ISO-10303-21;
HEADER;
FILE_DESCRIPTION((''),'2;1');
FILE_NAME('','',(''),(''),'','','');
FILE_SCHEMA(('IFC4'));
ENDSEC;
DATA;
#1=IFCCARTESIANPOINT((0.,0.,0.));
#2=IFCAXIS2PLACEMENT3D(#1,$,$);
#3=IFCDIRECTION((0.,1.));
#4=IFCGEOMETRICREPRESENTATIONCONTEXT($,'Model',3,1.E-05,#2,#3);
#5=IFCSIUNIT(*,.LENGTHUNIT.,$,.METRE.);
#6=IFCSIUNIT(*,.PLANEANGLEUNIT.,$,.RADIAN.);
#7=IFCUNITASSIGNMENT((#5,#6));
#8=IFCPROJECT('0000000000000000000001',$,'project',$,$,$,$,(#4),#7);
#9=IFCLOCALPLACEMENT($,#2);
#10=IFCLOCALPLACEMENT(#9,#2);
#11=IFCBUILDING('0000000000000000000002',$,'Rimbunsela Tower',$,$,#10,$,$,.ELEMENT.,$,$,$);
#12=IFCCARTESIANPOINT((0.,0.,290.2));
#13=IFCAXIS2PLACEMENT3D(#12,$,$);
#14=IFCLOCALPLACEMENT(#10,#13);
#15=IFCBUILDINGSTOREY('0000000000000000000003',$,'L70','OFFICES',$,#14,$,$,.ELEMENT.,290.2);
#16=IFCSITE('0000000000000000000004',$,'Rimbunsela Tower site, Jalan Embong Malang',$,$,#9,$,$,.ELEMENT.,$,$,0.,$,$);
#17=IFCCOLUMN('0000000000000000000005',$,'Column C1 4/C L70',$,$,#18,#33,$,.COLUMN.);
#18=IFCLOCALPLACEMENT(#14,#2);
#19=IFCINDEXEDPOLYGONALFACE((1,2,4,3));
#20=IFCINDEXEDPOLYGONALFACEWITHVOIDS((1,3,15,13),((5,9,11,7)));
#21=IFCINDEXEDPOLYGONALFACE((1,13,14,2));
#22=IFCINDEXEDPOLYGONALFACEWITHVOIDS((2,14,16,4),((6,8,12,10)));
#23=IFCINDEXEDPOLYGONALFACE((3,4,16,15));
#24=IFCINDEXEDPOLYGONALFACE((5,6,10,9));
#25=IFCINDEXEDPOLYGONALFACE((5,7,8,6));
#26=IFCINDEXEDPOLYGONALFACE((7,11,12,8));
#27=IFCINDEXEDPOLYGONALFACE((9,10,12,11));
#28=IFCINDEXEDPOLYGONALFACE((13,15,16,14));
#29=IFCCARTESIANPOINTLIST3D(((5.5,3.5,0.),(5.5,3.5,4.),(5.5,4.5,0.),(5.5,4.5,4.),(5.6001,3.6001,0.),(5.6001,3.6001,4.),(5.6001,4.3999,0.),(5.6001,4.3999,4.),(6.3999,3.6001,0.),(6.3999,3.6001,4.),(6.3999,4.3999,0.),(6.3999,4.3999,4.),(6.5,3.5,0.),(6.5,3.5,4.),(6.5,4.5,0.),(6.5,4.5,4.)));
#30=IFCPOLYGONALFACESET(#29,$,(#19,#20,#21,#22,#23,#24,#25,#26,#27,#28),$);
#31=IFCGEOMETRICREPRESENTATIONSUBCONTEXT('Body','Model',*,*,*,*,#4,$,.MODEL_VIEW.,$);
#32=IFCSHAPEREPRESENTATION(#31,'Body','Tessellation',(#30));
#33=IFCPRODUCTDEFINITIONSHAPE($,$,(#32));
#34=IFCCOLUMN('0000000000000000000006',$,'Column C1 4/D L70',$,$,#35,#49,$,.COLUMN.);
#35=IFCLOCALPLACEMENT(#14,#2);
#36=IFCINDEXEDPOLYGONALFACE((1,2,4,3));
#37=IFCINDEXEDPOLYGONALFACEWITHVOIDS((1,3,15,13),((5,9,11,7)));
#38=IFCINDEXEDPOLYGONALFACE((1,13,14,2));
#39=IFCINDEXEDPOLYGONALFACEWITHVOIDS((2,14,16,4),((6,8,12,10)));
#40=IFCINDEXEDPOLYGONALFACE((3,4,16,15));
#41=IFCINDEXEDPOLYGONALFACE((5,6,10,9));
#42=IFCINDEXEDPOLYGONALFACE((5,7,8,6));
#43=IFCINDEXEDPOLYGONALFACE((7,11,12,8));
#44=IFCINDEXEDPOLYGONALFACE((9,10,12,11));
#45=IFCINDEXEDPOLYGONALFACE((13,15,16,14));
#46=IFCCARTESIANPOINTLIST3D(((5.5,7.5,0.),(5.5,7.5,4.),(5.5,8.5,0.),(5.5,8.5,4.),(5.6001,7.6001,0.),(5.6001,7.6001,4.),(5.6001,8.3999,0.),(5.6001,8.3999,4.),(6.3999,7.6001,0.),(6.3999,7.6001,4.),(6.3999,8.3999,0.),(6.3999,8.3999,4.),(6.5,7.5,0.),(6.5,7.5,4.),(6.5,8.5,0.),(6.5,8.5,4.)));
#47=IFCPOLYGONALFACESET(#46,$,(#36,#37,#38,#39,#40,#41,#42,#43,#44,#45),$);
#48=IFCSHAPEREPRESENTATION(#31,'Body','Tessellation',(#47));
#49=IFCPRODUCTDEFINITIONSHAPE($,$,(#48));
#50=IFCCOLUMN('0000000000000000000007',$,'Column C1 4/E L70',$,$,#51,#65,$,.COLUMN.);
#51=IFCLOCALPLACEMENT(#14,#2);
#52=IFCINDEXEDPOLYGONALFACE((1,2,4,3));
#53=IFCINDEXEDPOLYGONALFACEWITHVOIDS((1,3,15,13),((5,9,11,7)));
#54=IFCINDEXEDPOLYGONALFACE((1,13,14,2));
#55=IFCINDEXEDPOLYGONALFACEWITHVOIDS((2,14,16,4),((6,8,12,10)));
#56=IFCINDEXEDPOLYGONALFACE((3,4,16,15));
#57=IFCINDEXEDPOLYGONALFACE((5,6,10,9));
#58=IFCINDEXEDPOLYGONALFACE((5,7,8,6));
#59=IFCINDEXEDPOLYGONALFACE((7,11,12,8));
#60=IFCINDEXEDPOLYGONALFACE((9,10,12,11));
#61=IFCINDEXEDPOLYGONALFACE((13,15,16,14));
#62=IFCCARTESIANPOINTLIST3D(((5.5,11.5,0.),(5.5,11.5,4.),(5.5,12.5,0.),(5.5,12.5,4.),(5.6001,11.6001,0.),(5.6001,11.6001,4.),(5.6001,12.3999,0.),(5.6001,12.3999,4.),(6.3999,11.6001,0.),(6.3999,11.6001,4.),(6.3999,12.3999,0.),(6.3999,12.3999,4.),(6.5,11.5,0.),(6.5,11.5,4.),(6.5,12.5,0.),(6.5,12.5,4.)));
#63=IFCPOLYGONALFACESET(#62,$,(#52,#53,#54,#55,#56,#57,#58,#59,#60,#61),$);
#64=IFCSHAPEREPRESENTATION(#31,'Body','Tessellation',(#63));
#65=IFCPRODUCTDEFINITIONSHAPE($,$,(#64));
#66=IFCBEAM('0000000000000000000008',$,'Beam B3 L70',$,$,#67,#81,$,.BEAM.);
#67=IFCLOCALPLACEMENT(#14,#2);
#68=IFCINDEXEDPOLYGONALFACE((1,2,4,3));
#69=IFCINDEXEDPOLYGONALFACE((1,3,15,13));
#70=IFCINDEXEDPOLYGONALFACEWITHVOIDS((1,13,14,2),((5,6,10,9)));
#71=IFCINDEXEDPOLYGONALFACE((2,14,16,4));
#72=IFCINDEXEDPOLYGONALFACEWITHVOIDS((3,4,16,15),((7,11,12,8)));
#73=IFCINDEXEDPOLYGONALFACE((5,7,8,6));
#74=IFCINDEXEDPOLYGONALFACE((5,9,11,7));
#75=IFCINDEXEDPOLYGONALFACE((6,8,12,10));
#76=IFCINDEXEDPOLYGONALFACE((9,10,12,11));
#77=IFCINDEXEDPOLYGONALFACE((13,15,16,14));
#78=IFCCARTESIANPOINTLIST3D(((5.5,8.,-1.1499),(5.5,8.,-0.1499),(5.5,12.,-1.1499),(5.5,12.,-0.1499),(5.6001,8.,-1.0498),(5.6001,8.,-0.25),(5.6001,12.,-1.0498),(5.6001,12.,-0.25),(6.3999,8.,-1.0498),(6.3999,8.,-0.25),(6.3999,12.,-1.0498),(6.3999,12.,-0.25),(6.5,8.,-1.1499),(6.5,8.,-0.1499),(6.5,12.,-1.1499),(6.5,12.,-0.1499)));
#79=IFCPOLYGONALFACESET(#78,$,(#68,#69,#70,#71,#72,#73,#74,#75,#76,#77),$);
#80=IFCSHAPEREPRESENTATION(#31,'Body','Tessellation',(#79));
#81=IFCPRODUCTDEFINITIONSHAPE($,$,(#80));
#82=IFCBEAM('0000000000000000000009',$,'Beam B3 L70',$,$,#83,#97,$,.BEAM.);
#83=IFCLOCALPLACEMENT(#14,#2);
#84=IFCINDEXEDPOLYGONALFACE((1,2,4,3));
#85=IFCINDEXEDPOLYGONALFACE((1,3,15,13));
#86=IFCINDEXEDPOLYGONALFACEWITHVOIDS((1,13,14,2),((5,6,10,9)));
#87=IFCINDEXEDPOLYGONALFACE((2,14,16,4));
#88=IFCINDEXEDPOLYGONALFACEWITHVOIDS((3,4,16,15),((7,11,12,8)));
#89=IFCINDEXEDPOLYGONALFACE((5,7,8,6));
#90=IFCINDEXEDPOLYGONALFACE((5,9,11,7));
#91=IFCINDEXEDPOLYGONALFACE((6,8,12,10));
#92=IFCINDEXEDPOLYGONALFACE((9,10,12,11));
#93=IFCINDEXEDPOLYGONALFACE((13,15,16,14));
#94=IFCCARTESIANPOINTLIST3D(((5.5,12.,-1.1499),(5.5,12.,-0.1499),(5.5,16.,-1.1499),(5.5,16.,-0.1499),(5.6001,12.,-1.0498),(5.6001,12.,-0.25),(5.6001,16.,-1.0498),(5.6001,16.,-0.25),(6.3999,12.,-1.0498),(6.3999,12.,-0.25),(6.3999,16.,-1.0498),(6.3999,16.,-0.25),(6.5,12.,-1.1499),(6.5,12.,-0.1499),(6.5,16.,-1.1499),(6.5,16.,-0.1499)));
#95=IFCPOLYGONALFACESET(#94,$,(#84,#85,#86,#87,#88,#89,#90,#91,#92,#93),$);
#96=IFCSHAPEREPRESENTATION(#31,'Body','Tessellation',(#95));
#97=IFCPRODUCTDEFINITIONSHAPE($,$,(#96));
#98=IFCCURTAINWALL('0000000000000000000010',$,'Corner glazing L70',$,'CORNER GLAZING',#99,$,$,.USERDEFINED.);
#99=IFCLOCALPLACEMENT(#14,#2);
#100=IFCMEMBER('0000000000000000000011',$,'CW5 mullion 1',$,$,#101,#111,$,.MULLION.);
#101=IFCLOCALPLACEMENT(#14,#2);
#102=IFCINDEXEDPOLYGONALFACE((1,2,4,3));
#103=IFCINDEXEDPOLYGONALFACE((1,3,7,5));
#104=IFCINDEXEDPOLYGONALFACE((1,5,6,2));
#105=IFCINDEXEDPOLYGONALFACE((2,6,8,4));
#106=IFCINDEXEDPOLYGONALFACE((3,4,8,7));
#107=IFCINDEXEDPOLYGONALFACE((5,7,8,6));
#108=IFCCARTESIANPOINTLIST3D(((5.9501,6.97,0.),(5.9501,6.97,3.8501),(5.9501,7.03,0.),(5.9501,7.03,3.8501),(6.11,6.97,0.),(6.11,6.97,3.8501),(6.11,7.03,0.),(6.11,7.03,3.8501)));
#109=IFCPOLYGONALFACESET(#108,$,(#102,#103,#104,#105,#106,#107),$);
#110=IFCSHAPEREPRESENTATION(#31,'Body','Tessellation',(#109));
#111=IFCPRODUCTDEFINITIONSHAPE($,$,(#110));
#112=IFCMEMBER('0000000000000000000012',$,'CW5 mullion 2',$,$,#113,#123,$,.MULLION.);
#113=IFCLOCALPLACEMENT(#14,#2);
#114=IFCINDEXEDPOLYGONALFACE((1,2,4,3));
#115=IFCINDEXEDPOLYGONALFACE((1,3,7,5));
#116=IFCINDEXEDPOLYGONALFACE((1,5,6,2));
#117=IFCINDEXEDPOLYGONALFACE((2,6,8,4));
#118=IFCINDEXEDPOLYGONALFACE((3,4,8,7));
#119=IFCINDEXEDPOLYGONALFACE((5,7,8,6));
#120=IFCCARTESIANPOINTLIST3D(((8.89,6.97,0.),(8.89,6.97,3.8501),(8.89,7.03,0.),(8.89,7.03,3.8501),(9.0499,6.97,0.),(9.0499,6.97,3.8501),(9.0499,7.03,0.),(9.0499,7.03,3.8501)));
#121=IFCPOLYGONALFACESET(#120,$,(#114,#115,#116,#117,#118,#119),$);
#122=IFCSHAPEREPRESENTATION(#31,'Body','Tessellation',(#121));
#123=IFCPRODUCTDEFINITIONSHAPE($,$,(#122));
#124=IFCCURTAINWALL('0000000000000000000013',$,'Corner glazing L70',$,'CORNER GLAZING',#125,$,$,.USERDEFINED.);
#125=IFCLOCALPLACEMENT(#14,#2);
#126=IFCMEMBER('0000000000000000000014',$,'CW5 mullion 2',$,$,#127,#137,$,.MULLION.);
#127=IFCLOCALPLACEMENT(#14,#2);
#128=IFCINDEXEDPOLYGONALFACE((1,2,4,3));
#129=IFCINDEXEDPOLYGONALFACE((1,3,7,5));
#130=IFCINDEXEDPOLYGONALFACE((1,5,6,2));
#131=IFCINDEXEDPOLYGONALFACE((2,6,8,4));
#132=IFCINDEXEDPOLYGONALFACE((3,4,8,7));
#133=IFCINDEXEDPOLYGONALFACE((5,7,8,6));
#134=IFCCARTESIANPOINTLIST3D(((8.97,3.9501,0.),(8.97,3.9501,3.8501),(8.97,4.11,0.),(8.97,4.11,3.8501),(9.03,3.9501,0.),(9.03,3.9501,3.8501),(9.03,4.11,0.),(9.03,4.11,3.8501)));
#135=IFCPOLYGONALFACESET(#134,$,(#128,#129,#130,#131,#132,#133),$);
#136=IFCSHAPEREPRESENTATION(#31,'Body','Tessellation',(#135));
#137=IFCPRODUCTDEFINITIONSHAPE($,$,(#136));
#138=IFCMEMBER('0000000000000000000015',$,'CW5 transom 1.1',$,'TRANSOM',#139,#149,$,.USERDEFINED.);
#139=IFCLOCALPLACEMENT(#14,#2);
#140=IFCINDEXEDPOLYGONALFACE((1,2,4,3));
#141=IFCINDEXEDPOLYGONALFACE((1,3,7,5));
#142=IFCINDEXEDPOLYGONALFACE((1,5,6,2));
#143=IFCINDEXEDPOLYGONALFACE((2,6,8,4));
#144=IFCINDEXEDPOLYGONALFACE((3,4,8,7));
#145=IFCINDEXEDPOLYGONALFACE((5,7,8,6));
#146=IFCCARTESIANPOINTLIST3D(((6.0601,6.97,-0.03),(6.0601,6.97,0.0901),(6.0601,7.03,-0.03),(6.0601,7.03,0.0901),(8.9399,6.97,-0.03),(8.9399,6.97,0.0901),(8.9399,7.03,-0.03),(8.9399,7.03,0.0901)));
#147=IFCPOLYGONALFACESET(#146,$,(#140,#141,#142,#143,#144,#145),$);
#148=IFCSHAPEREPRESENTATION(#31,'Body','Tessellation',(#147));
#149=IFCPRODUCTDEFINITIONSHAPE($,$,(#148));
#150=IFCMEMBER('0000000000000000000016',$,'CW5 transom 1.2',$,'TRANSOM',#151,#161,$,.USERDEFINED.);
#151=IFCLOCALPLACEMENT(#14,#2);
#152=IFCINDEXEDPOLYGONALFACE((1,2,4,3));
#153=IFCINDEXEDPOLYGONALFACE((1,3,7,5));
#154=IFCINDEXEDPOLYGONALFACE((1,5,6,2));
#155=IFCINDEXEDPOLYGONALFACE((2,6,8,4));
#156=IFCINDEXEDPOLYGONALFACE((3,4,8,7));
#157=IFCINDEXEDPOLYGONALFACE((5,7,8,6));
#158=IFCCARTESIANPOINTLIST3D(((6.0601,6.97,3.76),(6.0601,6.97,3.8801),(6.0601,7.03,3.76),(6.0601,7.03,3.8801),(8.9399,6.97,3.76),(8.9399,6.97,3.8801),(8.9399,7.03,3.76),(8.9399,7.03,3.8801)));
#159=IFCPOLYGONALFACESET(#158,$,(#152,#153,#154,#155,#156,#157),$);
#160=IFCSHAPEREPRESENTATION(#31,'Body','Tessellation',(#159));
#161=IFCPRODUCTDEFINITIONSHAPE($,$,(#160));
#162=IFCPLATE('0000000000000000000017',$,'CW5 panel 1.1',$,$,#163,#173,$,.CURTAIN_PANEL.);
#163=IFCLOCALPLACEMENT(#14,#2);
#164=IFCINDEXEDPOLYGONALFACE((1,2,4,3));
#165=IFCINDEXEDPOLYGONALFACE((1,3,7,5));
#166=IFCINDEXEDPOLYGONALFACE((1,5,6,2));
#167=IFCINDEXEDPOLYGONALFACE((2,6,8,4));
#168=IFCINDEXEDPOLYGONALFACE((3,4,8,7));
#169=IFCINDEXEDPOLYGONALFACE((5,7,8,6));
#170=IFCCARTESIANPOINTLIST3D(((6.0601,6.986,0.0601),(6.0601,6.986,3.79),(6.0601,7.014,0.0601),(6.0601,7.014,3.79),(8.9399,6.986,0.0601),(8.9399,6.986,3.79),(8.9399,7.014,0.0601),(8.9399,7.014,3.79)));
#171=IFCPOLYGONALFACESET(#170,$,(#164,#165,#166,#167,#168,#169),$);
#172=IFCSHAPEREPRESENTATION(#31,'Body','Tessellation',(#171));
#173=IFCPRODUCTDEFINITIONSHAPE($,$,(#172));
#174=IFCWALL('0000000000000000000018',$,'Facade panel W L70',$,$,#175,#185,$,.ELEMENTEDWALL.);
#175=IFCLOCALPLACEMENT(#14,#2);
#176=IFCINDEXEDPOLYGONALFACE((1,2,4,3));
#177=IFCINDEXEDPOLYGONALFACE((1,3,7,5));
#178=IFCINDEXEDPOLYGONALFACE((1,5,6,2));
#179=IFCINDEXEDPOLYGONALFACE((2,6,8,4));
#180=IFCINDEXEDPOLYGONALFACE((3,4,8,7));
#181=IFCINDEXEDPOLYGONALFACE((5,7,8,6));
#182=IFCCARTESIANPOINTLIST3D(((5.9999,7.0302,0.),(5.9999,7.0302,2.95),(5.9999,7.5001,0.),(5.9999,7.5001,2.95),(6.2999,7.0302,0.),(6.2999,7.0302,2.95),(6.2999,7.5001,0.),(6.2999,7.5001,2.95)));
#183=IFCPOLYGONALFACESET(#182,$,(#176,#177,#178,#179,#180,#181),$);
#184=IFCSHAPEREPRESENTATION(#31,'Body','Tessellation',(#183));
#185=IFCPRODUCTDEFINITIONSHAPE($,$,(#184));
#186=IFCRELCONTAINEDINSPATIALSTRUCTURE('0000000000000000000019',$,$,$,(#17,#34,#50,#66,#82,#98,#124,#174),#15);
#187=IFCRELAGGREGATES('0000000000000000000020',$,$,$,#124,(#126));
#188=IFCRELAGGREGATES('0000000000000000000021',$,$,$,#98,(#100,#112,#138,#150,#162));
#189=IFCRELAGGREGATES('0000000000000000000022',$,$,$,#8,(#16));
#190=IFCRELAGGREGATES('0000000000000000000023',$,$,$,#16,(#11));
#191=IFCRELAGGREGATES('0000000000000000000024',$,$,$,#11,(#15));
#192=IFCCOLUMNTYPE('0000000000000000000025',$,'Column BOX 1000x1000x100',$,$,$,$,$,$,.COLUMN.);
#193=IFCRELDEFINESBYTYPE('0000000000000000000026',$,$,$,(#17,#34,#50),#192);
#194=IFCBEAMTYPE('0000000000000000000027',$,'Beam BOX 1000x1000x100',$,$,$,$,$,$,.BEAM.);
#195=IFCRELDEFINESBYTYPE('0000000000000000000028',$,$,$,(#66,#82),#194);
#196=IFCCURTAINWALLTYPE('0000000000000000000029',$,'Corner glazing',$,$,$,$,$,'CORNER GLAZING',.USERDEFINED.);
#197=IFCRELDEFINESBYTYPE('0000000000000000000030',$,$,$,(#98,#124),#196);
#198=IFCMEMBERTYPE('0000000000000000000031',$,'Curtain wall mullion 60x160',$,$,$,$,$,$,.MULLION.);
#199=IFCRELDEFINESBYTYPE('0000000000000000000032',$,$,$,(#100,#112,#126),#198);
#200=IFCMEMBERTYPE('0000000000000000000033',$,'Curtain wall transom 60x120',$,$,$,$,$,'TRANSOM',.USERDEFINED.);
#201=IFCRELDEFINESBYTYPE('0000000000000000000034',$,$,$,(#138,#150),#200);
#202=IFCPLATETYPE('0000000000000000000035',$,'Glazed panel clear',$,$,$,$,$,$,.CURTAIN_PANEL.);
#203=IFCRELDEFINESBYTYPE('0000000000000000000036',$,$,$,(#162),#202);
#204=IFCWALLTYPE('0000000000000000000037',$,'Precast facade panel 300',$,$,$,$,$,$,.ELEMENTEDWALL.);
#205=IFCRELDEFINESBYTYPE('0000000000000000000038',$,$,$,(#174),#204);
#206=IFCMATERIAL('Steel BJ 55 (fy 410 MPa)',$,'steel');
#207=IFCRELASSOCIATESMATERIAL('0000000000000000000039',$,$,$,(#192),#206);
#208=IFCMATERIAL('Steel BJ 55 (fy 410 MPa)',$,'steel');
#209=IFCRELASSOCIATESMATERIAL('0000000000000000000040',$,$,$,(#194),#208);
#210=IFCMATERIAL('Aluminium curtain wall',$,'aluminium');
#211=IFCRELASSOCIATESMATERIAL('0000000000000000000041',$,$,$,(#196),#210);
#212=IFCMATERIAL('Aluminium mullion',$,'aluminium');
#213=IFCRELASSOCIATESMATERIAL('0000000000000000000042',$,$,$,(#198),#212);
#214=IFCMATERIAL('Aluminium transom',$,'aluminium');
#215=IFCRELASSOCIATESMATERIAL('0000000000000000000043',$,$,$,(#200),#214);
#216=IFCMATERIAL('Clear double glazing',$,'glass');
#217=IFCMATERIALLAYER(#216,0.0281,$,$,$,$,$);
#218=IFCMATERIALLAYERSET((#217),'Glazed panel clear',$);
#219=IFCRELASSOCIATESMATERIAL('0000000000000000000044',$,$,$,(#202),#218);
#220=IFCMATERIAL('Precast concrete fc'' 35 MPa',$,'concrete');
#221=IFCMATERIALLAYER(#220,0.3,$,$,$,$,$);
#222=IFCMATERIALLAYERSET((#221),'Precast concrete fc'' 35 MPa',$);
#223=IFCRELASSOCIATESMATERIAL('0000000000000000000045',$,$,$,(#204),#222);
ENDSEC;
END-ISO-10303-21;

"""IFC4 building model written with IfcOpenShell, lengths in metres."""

from ifc_helpers import new_model, si_unit, direction, frame, frame_2d, origin, origin_2d, place, context, subcontext, project, spatial, rectangle, hollow_rectangle, extrude, material, layer, layer_set, material_profile, profile_set, type_object, element, aggregate, save


model = new_model("IFC4")

# Units and contexts
model_context = context("Model", 3, precision=1e-05, world=origin(), true_north=direction((0.0, 1.0)))
body_context = subcontext(model_context, "Body", "Model", "MODEL_VIEW")
ifc_project = project(units=[si_unit("LENGTHUNIT", "METRE"), si_unit("PLANEANGLEUNIT", "RADIAN")], contexts=[model_context])

# Site, building, storey
site_placement = place(None, origin())
site = spatial("IfcSite", under=ifc_project, at=site_placement, Name="Rimbunsela Tower site, Jalan Embong Malang", CompositionType="ELEMENT", RefElevation=0.0)
building_placement = place(site_placement, origin())
building = spatial("IfcBuilding", under=site, at=building_placement, Name="Rimbunsela Tower", CompositionType="ELEMENT")
storey_placement = place(building_placement, frame((0.0, 0.0, 290.2)))
storey = spatial("IfcBuildingStorey", under=building, at=storey_placement, Name="L70", Description="OFFICES", CompositionType="ELEMENT", Elevation=290.2)

# Columns
ifc_material_1 = material(Name="Steel BJ 55 (fy 410 MPa)", Category="steel")
ifc_material_profile_1 = material_profile(ifc_material_1, hollow_rectangle(XDim=1.0, YDim=1.0, WallThickness=0.1001, at=origin_2d()), Name="BOX 1000x1000x100")
ifc_profile_set_1 = profile_set([ifc_material_profile_1], Name="Steel BJ 55 (fy 410 MPa)")
column_type = type_object("IfcColumnType", Name="Column BOX 1000x1000x100", PredefinedType="COLUMN", material=ifc_profile_set_1)
for number, where, z_axis, x_axis, name in (
    (1, (6.0, 4.0, 0.0), (0.0, 0.0, 1.0), (1.0, 0.0, 0.0), "Column C1 4/C L70"),
    (2, (6.0, 8.0, 0.0), (0.0, 0.0, 1.0), (1.0, 0.0, 0.0), "Column C1 4/D L70"),
    (3, (6.0, 12.0, 0.0), (0.0, 0.0, 1.0), (1.0, 0.0, 0.0), "Column C1 4/E L70"),
):
    element("IfcColumn", number, at=place(storey_placement, frame(where, z_axis=z_axis, x_axis=x_axis)), inside=storey, type_object=column_type, Name=name, PredefinedType="COLUMN", context=body_context, shape_type="SweptSolid", body=[
        extrude(hollow_rectangle(XDim=1.0, YDim=1.0, WallThickness=0.1001, at=origin_2d()), origin(), (0.0, 0.0, 1.0), 4.0),
    ])

# Beams
ifc_material_2 = material(Name="Steel BJ 55 (fy 410 MPa)", Category="steel")
ifc_material_profile_2 = material_profile(ifc_material_2, hollow_rectangle(XDim=1.0, YDim=1.0, WallThickness=0.1001, at=origin_2d()), Name="BOX 1000x1000x100")
ifc_profile_set_2 = profile_set([ifc_material_profile_2], Name="Steel BJ 55 (fy 410 MPa)")
beam_type = type_object("IfcBeamType", Name="Beam BOX 1000x1000x100", PredefinedType="BEAM", material=ifc_profile_set_2)
for number, where, z_axis, x_axis, name in (
    (4, (6.0, 8.0, -0.6499), (0.0, 1.0, 0.0), (-1.0, 0.0, 0.0), "Beam B3 L70"),
    (5, (6.0, 12.0, -0.6499), (0.0, 1.0, 0.0), (-1.0, 0.0, 0.0), "Beam B3 L70"),
):
    element("IfcBeam", number, at=place(storey_placement, frame(where, z_axis=z_axis, x_axis=x_axis)), inside=storey, type_object=beam_type, Name=name, PredefinedType="BEAM", context=body_context, shape_type="SweptSolid", body=[
        extrude(hollow_rectangle(XDim=1.0, YDim=1.0, WallThickness=0.1001, at=origin_2d()), origin(), (0.0, 0.0, 1.0), 4.0),
    ])

# Curtain wall, members
ifc_material_3 = material(Name="Aluminium curtain wall", Category="aluminium")
curtain_wall_type = type_object("IfcCurtainWallType", Name="Corner glazing", ElementType="CORNER GLAZING", PredefinedType="USERDEFINED", material=ifc_material_3)
curtain_wall_1_placement = place(storey_placement, origin())
curtain_wall_1 = element("IfcCurtainWall", 6, at=curtain_wall_1_placement, inside=storey, type_object=curtain_wall_type, Name="Corner glazing L70", ObjectType="CORNER GLAZING", PredefinedType="USERDEFINED")
ifc_material_4 = material(Name="Aluminium mullion", Category="aluminium")
ifc_material_profile_3 = material_profile(ifc_material_4, rectangle(XDim=0.0601, YDim=0.1599, at=origin_2d()), Name="Mullion 60x160")
ifc_profile_set_3 = profile_set([ifc_material_profile_3], Name="Aluminium mullion")
member_type_1 = type_object("IfcMemberType", Name="Curtain wall mullion 60x160", PredefinedType="MULLION", material=ifc_profile_set_3)
member_1_placement = place(storey_placement, frame((6.03, 7.0, 0.0), z_axis=(0.0, 0.0, 1.0), x_axis=(0.0, 1.0, 0.0)))
member_1 = element("IfcMember", 7, at=member_1_placement, type_object=member_type_1, Name="CW5 mullion 1", PredefinedType="MULLION", context=body_context, shape_type="SweptSolid", body=[
    extrude(rectangle(XDim=0.0601, YDim=0.1599, at=origin_2d()), origin(), (0.0, 0.0, 1.0), 3.8501),
])
member_2_placement = place(storey_placement, frame((8.97, 7.0, 0.0), z_axis=(0.0, 0.0, 1.0), x_axis=(0.0, 1.0, 0.0)))
member_2 = element("IfcMember", 8, at=member_2_placement, type_object=member_type_1, Name="CW5 mullion 2", PredefinedType="MULLION", context=body_context, shape_type="SweptSolid", body=[
    extrude(rectangle(XDim=0.0601, YDim=0.1599, at=origin_2d()), origin(), (0.0, 0.0, 1.0), 3.8501),
])

# Curtain wall, member
curtain_wall_2_placement = place(storey_placement, origin())
curtain_wall_2 = element("IfcCurtainWall", 9, at=curtain_wall_2_placement, inside=storey, type_object=curtain_wall_type, Name="Corner glazing L70", ObjectType="CORNER GLAZING", PredefinedType="USERDEFINED")
member_3_placement = place(storey_placement, frame((9.0, 4.03, 0.0), z_axis=(0.0, 0.0, 1.0), x_axis=(1.0, 0.0, 0.0)))
member_3 = element("IfcMember", 10, at=member_3_placement, type_object=member_type_1, Name="CW5 mullion 2", PredefinedType="MULLION", context=body_context, shape_type="SweptSolid", body=[
    extrude(rectangle(XDim=0.0601, YDim=0.1599, at=origin_2d()), origin(), (0.0, 0.0, 1.0), 3.8501),
])
aggregate(curtain_wall_2, [member_3])

# Members
ifc_material_5 = material(Name="Aluminium transom", Category="aluminium")
ifc_material_profile_4 = material_profile(ifc_material_5, rectangle(XDim=0.0601, YDim=0.1201, at=origin_2d()), Name="Transom 60x120")
ifc_profile_set_4 = profile_set([ifc_material_profile_4], Name="Aluminium transom")
member_type_2 = type_object("IfcMemberType", Name="Curtain wall transom 60x120", ElementType="TRANSOM", PredefinedType="USERDEFINED", material=ifc_profile_set_4)
member_4_placement = place(storey_placement, frame((6.0601, 7.0, 0.03), z_axis=(1.0, 0.0, 0.0), x_axis=(0.0, 1.0, 0.0)))
member_4 = element("IfcMember", 11, at=member_4_placement, type_object=member_type_2, Name="CW5 transom 1.1", ObjectType="TRANSOM", PredefinedType="USERDEFINED", context=body_context, shape_type="SweptSolid", body=[
    extrude(rectangle(XDim=0.0601, YDim=0.1201, at=origin_2d()), origin(), (0.0, 0.0, 1.0), 2.8799),
])
member_5_placement = place(storey_placement, frame((6.0601, 7.0, 3.8201), z_axis=(1.0, 0.0, 0.0), x_axis=(0.0, 1.0, 0.0)))
member_5 = element("IfcMember", 12, at=member_5_placement, type_object=member_type_2, Name="CW5 transom 1.2", ObjectType="TRANSOM", PredefinedType="USERDEFINED", context=body_context, shape_type="SweptSolid", body=[
    extrude(rectangle(XDim=0.0601, YDim=0.1201, at=origin_2d()), origin(), (0.0, 0.0, 1.0), 2.8799),
])

# Plate
ifc_material_6 = material(Name="Clear double glazing", Category="glass")
ifc_layer_1 = layer(ifc_material_6, 0.0281)
ifc_layer_set_1 = layer_set([ifc_layer_1], Name="Glazed panel clear")
plate_type = type_object("IfcPlateType", Name="Glazed panel clear", PredefinedType="CURTAIN_PANEL", material=ifc_layer_set_1)
plate_placement = place(storey_placement, frame((7.5, 7.0, 0.0601), z_axis=(0.0, 0.0, 1.0), x_axis=(1.0, 0.0, 0.0)))
plate = element("IfcPlate", 13, at=plate_placement, type_object=plate_type, Name="CW5 panel 1.1", PredefinedType="CURTAIN_PANEL", context=body_context, shape_type="SweptSolid", body=[
    extrude(rectangle(XDim=2.8799, YDim=0.0281, at=origin_2d()), origin(), (0.0, 0.0, 1.0), 3.73),
])
aggregate(curtain_wall_1, [member_1, member_2, member_4, member_5, plate])

# Wall
ifc_material_7 = material(Name="Precast concrete fc' 35 MPa", Category="concrete")
ifc_layer_2 = layer(ifc_material_7, 0.3)
ifc_layer_set_2 = layer_set([ifc_layer_2], Name="Precast concrete fc' 35 MPa")
wall_type = type_object("IfcWallType", Name="Precast facade panel 300", PredefinedType="ELEMENTEDWALL", material=ifc_layer_set_2)
wall_1_placement = place(storey_placement, frame((6.1499, 7.5, 0.0), z_axis=(0.0, 0.0, 1.0), x_axis=(0.0, -1.0, 0.0)))
element("IfcWall", 14, at=wall_1_placement, inside=storey, type_object=wall_type, Name="Facade panel W L70", PredefinedType="ELEMENTEDWALL", context=body_context, shape_type="SweptSolid", body=[
    extrude(rectangle(XDim=0.47, YDim=0.3, at=frame_2d((0.2349, 0.0))), origin(), (0.0, 0.0, 1.0), 2.95),
])

save(model, "model.ifc")
